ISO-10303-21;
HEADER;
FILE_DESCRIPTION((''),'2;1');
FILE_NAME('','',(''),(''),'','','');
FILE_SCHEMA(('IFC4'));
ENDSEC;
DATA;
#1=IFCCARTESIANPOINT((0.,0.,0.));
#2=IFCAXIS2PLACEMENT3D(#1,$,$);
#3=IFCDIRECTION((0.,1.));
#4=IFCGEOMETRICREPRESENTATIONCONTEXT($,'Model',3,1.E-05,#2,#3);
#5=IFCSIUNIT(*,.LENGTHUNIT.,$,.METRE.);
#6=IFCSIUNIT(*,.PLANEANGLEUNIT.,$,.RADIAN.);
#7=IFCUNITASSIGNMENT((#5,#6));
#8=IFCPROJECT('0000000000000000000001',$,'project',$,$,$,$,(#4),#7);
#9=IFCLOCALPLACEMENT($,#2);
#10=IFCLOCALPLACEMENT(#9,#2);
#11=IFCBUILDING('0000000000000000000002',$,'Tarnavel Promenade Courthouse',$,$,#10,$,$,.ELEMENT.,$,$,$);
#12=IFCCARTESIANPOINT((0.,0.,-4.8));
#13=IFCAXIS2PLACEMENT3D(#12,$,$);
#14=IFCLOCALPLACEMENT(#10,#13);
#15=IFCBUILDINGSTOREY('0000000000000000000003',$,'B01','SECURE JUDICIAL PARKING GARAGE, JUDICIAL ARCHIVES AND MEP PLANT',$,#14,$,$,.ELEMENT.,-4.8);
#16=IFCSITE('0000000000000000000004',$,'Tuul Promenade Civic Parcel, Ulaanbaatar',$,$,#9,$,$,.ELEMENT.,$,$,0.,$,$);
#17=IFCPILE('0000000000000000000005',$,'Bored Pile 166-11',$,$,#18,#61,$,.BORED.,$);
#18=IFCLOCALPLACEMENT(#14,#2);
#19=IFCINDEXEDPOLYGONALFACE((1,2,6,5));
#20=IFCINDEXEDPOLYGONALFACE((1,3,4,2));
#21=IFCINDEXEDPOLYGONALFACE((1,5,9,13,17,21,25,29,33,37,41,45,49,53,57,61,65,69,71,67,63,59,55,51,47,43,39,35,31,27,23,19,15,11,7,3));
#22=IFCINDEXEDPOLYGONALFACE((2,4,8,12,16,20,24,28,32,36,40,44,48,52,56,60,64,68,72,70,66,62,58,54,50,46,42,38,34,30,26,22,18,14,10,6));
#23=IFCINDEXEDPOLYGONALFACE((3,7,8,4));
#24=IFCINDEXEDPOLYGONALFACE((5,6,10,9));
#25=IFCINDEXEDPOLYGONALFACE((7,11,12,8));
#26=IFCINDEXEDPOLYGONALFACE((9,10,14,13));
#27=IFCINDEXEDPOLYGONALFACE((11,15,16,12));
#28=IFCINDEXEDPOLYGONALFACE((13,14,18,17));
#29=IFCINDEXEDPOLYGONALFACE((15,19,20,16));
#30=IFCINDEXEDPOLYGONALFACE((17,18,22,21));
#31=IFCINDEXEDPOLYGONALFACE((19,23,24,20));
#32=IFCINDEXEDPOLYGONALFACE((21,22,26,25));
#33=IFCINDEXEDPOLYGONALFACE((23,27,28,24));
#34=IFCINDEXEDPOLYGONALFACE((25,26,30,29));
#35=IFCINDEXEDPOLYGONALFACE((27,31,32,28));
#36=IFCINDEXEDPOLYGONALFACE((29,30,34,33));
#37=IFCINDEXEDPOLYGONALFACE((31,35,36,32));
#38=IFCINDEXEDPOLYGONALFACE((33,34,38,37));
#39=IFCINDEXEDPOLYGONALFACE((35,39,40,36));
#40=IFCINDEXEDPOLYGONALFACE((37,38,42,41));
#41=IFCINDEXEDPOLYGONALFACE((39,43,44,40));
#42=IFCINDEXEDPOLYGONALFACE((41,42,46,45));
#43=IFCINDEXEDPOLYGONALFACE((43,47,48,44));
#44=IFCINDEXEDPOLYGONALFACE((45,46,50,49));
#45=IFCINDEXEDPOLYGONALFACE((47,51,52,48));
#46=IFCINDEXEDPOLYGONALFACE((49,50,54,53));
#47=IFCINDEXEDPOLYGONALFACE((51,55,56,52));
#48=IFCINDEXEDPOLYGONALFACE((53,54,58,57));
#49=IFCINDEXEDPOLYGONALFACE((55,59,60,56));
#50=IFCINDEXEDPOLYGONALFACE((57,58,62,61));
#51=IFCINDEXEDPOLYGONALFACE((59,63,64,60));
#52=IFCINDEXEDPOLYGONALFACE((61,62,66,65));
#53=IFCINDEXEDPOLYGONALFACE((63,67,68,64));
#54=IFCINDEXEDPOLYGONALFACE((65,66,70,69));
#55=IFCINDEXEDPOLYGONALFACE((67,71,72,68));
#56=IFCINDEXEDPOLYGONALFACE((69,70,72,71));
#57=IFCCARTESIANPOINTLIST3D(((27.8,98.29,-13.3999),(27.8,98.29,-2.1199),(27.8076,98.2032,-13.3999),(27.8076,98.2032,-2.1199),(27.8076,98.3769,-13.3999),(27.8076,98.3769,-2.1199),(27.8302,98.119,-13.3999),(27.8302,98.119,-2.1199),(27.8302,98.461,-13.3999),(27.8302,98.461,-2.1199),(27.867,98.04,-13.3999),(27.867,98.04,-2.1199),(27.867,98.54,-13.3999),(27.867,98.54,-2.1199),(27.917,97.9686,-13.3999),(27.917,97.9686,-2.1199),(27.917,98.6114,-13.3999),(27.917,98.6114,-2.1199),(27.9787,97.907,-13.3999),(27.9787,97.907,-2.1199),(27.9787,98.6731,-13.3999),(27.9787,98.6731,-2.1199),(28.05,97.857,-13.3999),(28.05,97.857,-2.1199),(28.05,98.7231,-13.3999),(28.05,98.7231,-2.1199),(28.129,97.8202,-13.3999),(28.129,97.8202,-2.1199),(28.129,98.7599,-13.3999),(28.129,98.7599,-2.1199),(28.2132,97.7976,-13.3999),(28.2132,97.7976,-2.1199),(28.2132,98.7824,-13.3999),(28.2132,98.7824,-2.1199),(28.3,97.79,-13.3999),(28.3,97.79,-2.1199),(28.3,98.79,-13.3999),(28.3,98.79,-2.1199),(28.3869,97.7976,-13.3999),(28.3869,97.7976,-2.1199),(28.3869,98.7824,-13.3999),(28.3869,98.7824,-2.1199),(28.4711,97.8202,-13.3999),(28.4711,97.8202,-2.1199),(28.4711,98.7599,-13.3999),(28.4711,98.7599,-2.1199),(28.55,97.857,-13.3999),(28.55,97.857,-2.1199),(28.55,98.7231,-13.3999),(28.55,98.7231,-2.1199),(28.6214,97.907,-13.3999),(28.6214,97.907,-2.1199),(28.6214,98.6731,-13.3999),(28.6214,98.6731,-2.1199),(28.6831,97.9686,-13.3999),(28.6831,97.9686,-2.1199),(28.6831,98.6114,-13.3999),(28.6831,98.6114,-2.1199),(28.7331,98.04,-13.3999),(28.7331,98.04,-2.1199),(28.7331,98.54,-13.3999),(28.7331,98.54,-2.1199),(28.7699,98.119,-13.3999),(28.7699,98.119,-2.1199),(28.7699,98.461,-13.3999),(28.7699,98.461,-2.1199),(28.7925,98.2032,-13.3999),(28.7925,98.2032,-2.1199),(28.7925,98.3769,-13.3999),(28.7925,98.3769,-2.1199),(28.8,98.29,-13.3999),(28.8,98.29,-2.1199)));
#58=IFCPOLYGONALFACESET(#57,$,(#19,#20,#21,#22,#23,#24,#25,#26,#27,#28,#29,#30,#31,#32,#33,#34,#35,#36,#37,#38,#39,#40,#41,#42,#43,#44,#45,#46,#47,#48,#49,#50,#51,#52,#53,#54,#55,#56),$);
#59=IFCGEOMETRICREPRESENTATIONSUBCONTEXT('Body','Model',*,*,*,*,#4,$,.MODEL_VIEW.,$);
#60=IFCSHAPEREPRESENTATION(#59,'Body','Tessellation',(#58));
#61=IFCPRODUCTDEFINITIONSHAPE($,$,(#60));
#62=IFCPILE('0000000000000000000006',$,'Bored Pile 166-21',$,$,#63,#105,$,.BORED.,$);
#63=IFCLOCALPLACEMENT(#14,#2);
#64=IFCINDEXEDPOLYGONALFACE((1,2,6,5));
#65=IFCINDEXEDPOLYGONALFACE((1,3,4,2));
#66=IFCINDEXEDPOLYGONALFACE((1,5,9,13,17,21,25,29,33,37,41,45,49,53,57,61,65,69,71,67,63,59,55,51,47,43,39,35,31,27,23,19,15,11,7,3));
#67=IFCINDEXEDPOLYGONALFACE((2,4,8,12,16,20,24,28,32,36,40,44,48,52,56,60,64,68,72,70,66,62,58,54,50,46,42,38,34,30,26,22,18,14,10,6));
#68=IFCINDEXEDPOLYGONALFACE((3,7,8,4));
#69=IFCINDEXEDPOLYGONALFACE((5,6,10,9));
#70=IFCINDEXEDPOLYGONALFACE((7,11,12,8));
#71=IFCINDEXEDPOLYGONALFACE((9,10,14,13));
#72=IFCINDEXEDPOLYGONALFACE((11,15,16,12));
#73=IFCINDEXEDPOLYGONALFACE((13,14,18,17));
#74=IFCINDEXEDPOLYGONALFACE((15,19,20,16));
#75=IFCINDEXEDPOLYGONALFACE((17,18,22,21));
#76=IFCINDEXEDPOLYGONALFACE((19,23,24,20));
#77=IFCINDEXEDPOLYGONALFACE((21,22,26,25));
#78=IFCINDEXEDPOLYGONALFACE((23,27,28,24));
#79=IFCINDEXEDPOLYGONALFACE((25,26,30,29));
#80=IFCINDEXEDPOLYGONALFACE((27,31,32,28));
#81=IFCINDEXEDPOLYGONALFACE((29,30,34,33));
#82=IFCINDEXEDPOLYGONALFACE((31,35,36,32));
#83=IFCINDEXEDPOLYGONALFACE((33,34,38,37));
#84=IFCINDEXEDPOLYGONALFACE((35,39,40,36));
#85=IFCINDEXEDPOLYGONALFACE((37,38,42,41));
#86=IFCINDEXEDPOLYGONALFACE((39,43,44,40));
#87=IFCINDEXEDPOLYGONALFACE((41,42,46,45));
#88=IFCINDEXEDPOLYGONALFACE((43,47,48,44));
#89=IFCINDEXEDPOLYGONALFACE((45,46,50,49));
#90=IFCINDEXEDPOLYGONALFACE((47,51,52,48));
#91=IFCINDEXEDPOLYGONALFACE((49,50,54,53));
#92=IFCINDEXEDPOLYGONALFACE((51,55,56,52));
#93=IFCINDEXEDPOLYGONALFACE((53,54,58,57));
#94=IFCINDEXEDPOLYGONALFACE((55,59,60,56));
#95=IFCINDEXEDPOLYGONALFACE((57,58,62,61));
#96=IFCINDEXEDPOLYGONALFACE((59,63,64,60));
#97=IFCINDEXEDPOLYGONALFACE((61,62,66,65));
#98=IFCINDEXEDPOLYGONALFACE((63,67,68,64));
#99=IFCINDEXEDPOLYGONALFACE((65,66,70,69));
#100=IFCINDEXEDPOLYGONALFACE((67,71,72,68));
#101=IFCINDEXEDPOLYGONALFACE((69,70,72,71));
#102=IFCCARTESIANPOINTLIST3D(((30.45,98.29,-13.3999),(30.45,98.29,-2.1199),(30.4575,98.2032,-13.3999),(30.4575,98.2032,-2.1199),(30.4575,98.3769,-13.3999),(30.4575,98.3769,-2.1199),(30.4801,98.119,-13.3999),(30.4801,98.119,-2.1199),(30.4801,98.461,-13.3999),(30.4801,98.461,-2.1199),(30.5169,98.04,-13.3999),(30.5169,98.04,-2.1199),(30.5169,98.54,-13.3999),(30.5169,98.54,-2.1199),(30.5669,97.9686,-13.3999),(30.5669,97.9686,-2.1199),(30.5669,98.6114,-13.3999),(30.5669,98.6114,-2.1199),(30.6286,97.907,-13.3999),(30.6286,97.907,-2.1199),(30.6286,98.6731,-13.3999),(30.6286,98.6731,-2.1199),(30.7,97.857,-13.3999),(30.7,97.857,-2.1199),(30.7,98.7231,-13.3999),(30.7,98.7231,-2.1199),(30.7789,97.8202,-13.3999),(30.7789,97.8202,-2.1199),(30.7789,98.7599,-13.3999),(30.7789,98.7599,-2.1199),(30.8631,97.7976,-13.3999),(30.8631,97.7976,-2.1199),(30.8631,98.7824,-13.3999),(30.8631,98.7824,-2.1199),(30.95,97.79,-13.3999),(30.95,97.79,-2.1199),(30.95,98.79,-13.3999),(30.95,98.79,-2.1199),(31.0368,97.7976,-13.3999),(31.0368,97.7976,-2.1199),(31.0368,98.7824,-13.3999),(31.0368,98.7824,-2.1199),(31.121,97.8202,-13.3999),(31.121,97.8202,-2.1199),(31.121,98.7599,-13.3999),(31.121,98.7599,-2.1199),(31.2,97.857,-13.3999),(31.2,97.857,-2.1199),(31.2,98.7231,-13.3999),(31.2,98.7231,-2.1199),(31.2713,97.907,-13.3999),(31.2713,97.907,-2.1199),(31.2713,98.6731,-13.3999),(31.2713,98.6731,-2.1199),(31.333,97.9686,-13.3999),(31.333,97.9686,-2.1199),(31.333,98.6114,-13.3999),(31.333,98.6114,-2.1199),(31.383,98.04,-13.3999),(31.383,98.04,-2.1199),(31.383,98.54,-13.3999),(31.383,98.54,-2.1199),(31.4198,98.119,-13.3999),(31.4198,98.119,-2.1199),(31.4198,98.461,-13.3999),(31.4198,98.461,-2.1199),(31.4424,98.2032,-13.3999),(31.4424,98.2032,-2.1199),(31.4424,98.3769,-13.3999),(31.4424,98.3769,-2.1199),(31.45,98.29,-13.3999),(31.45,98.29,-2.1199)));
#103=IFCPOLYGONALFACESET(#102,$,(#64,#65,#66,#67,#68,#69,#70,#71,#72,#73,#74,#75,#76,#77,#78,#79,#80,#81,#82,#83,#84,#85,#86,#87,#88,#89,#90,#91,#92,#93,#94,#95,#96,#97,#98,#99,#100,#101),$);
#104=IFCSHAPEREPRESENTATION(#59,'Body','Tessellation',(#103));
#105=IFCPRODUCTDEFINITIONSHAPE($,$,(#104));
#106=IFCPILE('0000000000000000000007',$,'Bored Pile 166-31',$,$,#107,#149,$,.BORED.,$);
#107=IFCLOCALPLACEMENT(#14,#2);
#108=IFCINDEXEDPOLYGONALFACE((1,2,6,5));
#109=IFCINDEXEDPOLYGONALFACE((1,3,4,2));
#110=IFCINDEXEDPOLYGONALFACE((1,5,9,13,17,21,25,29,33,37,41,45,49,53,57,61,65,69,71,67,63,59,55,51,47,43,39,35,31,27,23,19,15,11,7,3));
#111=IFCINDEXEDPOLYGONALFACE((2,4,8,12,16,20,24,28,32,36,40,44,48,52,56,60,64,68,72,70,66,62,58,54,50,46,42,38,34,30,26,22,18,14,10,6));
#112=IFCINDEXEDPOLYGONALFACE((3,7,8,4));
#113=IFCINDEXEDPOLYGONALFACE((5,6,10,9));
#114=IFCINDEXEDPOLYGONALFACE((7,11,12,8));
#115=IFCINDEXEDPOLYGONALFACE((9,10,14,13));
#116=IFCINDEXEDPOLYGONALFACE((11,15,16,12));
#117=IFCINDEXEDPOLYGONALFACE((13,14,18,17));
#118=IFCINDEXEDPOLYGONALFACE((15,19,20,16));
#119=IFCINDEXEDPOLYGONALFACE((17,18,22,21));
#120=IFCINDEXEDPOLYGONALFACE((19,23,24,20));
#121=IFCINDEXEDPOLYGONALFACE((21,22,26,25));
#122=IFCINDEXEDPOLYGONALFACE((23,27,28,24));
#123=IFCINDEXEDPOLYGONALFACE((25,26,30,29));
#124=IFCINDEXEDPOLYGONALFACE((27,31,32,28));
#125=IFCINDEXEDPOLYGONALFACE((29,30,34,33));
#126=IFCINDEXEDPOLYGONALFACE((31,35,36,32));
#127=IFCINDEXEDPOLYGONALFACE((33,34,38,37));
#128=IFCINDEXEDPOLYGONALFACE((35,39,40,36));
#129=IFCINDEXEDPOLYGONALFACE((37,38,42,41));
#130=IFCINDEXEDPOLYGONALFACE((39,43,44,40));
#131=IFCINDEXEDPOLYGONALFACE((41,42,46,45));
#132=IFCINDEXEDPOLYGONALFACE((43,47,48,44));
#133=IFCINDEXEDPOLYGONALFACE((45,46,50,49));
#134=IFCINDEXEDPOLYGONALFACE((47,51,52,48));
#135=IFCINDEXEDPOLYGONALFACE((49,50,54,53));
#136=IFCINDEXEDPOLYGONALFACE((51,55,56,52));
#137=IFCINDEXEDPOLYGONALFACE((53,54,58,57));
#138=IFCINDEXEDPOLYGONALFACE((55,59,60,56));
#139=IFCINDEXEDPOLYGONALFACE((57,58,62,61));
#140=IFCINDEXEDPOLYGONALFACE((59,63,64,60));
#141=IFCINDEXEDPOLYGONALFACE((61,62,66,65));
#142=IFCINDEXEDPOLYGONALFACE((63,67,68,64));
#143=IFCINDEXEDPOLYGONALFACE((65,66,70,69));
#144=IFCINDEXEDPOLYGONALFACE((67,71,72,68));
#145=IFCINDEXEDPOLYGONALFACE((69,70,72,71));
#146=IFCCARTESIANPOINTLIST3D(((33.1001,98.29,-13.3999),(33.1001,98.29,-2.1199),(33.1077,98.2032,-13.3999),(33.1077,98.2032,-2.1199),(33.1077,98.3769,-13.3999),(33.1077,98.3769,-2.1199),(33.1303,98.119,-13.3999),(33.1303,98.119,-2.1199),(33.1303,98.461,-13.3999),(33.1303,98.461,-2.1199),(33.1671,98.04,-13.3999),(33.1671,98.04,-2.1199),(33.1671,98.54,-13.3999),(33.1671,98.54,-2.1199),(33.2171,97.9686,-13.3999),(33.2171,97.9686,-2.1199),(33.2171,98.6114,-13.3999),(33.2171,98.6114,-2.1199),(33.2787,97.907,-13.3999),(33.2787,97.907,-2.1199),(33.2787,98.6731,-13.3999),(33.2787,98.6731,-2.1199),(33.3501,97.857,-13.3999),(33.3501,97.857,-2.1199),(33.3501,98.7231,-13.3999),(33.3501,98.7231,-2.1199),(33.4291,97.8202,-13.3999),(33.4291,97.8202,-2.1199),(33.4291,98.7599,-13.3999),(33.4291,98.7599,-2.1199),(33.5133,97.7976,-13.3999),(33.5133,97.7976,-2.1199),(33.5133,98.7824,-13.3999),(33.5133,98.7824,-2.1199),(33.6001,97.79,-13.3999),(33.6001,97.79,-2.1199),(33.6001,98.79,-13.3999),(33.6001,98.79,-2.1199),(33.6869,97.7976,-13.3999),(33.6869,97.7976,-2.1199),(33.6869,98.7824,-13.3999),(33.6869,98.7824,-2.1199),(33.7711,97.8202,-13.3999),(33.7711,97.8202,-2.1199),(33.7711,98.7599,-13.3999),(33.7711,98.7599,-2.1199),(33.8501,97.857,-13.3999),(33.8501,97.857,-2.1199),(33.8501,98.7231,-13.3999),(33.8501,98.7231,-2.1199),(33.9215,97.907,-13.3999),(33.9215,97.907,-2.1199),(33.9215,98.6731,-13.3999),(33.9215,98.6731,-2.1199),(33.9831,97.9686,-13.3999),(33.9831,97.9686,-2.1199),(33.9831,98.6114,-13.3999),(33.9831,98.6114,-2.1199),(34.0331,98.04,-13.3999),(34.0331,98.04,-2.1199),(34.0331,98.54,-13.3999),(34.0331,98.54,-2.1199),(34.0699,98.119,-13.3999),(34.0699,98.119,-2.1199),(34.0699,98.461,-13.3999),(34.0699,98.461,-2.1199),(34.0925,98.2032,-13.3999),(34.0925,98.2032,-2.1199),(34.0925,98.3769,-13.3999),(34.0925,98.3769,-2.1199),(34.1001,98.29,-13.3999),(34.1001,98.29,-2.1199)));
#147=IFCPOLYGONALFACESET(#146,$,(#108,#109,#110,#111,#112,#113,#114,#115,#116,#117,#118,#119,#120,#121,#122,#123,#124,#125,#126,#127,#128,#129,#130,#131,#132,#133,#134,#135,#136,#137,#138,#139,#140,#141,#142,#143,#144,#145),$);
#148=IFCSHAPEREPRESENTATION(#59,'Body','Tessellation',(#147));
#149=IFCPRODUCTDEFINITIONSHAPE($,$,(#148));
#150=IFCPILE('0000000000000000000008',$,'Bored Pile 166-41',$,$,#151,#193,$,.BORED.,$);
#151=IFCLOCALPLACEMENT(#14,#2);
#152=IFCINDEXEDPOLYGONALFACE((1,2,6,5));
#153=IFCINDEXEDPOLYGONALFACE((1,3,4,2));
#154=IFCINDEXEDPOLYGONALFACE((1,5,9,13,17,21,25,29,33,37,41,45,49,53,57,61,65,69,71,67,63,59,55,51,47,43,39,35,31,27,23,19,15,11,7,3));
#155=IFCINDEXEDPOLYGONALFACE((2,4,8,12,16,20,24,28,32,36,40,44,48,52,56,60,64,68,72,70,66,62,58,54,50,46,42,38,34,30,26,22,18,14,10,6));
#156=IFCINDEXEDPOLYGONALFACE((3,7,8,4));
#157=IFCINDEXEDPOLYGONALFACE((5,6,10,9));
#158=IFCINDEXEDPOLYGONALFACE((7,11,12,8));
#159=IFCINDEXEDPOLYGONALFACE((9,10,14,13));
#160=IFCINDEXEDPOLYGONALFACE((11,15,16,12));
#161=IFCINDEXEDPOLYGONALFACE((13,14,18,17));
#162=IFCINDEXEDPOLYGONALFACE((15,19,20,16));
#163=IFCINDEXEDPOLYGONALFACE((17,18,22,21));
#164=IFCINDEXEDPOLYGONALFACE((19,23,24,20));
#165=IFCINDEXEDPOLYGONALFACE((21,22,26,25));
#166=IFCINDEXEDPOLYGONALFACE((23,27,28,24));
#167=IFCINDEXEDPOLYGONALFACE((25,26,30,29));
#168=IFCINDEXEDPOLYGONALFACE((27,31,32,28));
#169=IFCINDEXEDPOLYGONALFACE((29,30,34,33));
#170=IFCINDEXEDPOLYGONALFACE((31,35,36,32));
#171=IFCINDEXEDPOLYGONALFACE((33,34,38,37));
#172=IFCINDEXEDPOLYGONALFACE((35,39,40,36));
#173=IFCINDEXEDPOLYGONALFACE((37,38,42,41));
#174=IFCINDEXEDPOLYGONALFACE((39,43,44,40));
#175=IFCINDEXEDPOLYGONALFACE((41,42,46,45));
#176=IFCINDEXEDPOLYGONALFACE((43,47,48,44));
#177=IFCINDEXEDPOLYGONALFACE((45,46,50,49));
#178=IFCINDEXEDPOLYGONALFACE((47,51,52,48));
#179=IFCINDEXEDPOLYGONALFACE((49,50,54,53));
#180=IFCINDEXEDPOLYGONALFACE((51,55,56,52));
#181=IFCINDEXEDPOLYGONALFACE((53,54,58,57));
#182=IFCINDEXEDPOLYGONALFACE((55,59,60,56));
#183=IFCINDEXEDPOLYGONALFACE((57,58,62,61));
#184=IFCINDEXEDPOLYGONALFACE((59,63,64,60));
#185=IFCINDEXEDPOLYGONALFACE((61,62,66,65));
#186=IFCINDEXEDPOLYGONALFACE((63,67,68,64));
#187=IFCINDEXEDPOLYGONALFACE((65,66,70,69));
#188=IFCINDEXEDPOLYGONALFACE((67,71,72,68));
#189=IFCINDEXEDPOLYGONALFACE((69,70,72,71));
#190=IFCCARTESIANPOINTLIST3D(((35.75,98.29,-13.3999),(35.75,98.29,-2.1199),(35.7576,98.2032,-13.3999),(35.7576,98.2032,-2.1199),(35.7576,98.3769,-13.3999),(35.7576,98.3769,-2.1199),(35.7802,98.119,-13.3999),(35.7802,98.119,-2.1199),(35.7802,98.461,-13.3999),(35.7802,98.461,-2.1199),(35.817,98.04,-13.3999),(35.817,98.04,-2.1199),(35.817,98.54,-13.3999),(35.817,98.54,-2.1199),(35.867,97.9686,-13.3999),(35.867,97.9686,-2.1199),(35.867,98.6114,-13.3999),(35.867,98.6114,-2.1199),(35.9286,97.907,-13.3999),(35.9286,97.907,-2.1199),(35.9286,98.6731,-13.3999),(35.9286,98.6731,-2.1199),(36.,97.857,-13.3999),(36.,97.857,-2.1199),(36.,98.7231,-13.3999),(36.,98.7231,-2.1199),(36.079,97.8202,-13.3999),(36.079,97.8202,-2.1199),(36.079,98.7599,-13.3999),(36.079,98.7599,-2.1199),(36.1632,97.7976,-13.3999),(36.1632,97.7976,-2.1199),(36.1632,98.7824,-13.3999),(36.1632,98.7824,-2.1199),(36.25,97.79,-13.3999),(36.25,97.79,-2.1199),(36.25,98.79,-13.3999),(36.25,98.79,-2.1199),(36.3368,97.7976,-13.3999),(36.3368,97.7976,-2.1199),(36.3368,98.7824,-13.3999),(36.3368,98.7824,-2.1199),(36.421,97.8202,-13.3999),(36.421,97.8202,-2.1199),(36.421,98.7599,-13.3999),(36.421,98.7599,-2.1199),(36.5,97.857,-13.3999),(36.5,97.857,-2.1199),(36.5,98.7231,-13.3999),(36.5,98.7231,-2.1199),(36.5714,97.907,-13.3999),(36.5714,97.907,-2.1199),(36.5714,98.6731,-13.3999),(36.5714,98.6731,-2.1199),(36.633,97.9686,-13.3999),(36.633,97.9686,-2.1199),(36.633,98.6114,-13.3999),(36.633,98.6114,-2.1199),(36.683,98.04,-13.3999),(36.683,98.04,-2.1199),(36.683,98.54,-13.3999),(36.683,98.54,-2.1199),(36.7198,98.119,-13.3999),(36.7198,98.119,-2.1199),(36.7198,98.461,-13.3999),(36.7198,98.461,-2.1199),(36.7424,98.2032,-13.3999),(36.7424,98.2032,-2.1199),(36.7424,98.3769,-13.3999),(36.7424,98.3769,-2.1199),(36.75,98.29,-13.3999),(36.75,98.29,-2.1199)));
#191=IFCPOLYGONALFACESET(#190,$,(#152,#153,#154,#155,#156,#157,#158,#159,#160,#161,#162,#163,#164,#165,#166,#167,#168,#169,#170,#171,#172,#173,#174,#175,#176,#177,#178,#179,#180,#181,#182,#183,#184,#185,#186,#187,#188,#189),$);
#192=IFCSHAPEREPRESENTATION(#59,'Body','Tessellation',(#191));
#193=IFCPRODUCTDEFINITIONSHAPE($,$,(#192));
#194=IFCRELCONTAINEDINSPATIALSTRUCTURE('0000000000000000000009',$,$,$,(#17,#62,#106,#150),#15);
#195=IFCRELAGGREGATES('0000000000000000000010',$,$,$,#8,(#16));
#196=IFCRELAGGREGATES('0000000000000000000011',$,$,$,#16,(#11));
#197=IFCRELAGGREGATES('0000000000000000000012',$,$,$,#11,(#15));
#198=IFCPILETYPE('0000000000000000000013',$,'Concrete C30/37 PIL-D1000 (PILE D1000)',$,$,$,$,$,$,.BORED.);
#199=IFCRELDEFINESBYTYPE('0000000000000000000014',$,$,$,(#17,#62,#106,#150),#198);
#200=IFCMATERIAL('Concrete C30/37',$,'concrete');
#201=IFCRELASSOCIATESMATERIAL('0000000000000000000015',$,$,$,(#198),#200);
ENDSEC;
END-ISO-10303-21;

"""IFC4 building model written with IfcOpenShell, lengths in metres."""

from ifc_helpers import new_model, si_unit, direction, frame, origin, origin_2d, place, context, subcontext, project, spatial, circle, extrude, material, material_profile, profile_set, type_object, element, save


model = new_model("IFC4")

# Units and contexts
model_context = context("Model", 3, precision=1e-05, world=origin(), true_north=direction((0.0, 1.0)))
body_context = subcontext(model_context, "Body", "Model", "MODEL_VIEW")
ifc_project = project(units=[si_unit("LENGTHUNIT", "METRE"), si_unit("PLANEANGLEUNIT", "RADIAN")], contexts=[model_context])

# Site, building, storey
site_placement = place(None, origin())
site = spatial("IfcSite", under=ifc_project, at=site_placement, Name="Tuul Promenade Civic Parcel, Ulaanbaatar", CompositionType="ELEMENT", RefElevation=0.0)
building_placement = place(site_placement, origin())
building = spatial("IfcBuilding", under=site, at=building_placement, Name="Tarnavel Promenade Courthouse", CompositionType="ELEMENT")
storey_placement = place(building_placement, frame((0.0, 0.0, -4.8)))
storey = spatial("IfcBuildingStorey", under=building, at=storey_placement, Name="B01", Description="SECURE JUDICIAL PARKING GARAGE, JUDICIAL ARCHIVES AND MEP PLANT", CompositionType="ELEMENT", Elevation=-4.8)

# Piles
ifc_material_1 = material(Name="Concrete C30/37", Category="concrete")
ifc_material_profile_1 = material_profile(ifc_material_1, circle(Radius=0.5, at=origin_2d()), Name="PILE D1000")
ifc_profile_set_1 = profile_set([ifc_material_profile_1], Name="Concrete C30/37")
pile_type = type_object("IfcPileType", Name="Concrete C30/37 PIL-D1000 (PILE D1000)", PredefinedType="BORED", material=ifc_profile_set_1)
for number, where, z_axis, x_axis, name in (
    (1, (28.3, 98.29, -2.1199), (0.0, 0.0, -1.0), (1.0, 0.0, 0.0), "Bored Pile 166-11"),
    (2, (30.95, 98.29, -2.1199), (0.0, 0.0, -1.0), (1.0, 0.0, 0.0), "Bored Pile 166-21"),
    (3, (33.6001, 98.29, -2.1199), (0.0, 0.0, -1.0), (1.0, 0.0, 0.0), "Bored Pile 166-31"),
    (4, (36.25, 98.29, -2.1199), (0.0, 0.0, -1.0), (1.0, 0.0, 0.0), "Bored Pile 166-41"),
):
    element("IfcPile", number, at=place(storey_placement, frame(where, z_axis=z_axis, x_axis=x_axis)), inside=storey, type_object=pile_type, Name=name, PredefinedType="BORED", context=body_context, shape_type="SweptSolid", body=[
        extrude(circle(Radius=0.5, at=origin_2d()), origin(), (0.0, 0.0, 1.0), 11.28),
    ])

save(model, "model.ifc")
